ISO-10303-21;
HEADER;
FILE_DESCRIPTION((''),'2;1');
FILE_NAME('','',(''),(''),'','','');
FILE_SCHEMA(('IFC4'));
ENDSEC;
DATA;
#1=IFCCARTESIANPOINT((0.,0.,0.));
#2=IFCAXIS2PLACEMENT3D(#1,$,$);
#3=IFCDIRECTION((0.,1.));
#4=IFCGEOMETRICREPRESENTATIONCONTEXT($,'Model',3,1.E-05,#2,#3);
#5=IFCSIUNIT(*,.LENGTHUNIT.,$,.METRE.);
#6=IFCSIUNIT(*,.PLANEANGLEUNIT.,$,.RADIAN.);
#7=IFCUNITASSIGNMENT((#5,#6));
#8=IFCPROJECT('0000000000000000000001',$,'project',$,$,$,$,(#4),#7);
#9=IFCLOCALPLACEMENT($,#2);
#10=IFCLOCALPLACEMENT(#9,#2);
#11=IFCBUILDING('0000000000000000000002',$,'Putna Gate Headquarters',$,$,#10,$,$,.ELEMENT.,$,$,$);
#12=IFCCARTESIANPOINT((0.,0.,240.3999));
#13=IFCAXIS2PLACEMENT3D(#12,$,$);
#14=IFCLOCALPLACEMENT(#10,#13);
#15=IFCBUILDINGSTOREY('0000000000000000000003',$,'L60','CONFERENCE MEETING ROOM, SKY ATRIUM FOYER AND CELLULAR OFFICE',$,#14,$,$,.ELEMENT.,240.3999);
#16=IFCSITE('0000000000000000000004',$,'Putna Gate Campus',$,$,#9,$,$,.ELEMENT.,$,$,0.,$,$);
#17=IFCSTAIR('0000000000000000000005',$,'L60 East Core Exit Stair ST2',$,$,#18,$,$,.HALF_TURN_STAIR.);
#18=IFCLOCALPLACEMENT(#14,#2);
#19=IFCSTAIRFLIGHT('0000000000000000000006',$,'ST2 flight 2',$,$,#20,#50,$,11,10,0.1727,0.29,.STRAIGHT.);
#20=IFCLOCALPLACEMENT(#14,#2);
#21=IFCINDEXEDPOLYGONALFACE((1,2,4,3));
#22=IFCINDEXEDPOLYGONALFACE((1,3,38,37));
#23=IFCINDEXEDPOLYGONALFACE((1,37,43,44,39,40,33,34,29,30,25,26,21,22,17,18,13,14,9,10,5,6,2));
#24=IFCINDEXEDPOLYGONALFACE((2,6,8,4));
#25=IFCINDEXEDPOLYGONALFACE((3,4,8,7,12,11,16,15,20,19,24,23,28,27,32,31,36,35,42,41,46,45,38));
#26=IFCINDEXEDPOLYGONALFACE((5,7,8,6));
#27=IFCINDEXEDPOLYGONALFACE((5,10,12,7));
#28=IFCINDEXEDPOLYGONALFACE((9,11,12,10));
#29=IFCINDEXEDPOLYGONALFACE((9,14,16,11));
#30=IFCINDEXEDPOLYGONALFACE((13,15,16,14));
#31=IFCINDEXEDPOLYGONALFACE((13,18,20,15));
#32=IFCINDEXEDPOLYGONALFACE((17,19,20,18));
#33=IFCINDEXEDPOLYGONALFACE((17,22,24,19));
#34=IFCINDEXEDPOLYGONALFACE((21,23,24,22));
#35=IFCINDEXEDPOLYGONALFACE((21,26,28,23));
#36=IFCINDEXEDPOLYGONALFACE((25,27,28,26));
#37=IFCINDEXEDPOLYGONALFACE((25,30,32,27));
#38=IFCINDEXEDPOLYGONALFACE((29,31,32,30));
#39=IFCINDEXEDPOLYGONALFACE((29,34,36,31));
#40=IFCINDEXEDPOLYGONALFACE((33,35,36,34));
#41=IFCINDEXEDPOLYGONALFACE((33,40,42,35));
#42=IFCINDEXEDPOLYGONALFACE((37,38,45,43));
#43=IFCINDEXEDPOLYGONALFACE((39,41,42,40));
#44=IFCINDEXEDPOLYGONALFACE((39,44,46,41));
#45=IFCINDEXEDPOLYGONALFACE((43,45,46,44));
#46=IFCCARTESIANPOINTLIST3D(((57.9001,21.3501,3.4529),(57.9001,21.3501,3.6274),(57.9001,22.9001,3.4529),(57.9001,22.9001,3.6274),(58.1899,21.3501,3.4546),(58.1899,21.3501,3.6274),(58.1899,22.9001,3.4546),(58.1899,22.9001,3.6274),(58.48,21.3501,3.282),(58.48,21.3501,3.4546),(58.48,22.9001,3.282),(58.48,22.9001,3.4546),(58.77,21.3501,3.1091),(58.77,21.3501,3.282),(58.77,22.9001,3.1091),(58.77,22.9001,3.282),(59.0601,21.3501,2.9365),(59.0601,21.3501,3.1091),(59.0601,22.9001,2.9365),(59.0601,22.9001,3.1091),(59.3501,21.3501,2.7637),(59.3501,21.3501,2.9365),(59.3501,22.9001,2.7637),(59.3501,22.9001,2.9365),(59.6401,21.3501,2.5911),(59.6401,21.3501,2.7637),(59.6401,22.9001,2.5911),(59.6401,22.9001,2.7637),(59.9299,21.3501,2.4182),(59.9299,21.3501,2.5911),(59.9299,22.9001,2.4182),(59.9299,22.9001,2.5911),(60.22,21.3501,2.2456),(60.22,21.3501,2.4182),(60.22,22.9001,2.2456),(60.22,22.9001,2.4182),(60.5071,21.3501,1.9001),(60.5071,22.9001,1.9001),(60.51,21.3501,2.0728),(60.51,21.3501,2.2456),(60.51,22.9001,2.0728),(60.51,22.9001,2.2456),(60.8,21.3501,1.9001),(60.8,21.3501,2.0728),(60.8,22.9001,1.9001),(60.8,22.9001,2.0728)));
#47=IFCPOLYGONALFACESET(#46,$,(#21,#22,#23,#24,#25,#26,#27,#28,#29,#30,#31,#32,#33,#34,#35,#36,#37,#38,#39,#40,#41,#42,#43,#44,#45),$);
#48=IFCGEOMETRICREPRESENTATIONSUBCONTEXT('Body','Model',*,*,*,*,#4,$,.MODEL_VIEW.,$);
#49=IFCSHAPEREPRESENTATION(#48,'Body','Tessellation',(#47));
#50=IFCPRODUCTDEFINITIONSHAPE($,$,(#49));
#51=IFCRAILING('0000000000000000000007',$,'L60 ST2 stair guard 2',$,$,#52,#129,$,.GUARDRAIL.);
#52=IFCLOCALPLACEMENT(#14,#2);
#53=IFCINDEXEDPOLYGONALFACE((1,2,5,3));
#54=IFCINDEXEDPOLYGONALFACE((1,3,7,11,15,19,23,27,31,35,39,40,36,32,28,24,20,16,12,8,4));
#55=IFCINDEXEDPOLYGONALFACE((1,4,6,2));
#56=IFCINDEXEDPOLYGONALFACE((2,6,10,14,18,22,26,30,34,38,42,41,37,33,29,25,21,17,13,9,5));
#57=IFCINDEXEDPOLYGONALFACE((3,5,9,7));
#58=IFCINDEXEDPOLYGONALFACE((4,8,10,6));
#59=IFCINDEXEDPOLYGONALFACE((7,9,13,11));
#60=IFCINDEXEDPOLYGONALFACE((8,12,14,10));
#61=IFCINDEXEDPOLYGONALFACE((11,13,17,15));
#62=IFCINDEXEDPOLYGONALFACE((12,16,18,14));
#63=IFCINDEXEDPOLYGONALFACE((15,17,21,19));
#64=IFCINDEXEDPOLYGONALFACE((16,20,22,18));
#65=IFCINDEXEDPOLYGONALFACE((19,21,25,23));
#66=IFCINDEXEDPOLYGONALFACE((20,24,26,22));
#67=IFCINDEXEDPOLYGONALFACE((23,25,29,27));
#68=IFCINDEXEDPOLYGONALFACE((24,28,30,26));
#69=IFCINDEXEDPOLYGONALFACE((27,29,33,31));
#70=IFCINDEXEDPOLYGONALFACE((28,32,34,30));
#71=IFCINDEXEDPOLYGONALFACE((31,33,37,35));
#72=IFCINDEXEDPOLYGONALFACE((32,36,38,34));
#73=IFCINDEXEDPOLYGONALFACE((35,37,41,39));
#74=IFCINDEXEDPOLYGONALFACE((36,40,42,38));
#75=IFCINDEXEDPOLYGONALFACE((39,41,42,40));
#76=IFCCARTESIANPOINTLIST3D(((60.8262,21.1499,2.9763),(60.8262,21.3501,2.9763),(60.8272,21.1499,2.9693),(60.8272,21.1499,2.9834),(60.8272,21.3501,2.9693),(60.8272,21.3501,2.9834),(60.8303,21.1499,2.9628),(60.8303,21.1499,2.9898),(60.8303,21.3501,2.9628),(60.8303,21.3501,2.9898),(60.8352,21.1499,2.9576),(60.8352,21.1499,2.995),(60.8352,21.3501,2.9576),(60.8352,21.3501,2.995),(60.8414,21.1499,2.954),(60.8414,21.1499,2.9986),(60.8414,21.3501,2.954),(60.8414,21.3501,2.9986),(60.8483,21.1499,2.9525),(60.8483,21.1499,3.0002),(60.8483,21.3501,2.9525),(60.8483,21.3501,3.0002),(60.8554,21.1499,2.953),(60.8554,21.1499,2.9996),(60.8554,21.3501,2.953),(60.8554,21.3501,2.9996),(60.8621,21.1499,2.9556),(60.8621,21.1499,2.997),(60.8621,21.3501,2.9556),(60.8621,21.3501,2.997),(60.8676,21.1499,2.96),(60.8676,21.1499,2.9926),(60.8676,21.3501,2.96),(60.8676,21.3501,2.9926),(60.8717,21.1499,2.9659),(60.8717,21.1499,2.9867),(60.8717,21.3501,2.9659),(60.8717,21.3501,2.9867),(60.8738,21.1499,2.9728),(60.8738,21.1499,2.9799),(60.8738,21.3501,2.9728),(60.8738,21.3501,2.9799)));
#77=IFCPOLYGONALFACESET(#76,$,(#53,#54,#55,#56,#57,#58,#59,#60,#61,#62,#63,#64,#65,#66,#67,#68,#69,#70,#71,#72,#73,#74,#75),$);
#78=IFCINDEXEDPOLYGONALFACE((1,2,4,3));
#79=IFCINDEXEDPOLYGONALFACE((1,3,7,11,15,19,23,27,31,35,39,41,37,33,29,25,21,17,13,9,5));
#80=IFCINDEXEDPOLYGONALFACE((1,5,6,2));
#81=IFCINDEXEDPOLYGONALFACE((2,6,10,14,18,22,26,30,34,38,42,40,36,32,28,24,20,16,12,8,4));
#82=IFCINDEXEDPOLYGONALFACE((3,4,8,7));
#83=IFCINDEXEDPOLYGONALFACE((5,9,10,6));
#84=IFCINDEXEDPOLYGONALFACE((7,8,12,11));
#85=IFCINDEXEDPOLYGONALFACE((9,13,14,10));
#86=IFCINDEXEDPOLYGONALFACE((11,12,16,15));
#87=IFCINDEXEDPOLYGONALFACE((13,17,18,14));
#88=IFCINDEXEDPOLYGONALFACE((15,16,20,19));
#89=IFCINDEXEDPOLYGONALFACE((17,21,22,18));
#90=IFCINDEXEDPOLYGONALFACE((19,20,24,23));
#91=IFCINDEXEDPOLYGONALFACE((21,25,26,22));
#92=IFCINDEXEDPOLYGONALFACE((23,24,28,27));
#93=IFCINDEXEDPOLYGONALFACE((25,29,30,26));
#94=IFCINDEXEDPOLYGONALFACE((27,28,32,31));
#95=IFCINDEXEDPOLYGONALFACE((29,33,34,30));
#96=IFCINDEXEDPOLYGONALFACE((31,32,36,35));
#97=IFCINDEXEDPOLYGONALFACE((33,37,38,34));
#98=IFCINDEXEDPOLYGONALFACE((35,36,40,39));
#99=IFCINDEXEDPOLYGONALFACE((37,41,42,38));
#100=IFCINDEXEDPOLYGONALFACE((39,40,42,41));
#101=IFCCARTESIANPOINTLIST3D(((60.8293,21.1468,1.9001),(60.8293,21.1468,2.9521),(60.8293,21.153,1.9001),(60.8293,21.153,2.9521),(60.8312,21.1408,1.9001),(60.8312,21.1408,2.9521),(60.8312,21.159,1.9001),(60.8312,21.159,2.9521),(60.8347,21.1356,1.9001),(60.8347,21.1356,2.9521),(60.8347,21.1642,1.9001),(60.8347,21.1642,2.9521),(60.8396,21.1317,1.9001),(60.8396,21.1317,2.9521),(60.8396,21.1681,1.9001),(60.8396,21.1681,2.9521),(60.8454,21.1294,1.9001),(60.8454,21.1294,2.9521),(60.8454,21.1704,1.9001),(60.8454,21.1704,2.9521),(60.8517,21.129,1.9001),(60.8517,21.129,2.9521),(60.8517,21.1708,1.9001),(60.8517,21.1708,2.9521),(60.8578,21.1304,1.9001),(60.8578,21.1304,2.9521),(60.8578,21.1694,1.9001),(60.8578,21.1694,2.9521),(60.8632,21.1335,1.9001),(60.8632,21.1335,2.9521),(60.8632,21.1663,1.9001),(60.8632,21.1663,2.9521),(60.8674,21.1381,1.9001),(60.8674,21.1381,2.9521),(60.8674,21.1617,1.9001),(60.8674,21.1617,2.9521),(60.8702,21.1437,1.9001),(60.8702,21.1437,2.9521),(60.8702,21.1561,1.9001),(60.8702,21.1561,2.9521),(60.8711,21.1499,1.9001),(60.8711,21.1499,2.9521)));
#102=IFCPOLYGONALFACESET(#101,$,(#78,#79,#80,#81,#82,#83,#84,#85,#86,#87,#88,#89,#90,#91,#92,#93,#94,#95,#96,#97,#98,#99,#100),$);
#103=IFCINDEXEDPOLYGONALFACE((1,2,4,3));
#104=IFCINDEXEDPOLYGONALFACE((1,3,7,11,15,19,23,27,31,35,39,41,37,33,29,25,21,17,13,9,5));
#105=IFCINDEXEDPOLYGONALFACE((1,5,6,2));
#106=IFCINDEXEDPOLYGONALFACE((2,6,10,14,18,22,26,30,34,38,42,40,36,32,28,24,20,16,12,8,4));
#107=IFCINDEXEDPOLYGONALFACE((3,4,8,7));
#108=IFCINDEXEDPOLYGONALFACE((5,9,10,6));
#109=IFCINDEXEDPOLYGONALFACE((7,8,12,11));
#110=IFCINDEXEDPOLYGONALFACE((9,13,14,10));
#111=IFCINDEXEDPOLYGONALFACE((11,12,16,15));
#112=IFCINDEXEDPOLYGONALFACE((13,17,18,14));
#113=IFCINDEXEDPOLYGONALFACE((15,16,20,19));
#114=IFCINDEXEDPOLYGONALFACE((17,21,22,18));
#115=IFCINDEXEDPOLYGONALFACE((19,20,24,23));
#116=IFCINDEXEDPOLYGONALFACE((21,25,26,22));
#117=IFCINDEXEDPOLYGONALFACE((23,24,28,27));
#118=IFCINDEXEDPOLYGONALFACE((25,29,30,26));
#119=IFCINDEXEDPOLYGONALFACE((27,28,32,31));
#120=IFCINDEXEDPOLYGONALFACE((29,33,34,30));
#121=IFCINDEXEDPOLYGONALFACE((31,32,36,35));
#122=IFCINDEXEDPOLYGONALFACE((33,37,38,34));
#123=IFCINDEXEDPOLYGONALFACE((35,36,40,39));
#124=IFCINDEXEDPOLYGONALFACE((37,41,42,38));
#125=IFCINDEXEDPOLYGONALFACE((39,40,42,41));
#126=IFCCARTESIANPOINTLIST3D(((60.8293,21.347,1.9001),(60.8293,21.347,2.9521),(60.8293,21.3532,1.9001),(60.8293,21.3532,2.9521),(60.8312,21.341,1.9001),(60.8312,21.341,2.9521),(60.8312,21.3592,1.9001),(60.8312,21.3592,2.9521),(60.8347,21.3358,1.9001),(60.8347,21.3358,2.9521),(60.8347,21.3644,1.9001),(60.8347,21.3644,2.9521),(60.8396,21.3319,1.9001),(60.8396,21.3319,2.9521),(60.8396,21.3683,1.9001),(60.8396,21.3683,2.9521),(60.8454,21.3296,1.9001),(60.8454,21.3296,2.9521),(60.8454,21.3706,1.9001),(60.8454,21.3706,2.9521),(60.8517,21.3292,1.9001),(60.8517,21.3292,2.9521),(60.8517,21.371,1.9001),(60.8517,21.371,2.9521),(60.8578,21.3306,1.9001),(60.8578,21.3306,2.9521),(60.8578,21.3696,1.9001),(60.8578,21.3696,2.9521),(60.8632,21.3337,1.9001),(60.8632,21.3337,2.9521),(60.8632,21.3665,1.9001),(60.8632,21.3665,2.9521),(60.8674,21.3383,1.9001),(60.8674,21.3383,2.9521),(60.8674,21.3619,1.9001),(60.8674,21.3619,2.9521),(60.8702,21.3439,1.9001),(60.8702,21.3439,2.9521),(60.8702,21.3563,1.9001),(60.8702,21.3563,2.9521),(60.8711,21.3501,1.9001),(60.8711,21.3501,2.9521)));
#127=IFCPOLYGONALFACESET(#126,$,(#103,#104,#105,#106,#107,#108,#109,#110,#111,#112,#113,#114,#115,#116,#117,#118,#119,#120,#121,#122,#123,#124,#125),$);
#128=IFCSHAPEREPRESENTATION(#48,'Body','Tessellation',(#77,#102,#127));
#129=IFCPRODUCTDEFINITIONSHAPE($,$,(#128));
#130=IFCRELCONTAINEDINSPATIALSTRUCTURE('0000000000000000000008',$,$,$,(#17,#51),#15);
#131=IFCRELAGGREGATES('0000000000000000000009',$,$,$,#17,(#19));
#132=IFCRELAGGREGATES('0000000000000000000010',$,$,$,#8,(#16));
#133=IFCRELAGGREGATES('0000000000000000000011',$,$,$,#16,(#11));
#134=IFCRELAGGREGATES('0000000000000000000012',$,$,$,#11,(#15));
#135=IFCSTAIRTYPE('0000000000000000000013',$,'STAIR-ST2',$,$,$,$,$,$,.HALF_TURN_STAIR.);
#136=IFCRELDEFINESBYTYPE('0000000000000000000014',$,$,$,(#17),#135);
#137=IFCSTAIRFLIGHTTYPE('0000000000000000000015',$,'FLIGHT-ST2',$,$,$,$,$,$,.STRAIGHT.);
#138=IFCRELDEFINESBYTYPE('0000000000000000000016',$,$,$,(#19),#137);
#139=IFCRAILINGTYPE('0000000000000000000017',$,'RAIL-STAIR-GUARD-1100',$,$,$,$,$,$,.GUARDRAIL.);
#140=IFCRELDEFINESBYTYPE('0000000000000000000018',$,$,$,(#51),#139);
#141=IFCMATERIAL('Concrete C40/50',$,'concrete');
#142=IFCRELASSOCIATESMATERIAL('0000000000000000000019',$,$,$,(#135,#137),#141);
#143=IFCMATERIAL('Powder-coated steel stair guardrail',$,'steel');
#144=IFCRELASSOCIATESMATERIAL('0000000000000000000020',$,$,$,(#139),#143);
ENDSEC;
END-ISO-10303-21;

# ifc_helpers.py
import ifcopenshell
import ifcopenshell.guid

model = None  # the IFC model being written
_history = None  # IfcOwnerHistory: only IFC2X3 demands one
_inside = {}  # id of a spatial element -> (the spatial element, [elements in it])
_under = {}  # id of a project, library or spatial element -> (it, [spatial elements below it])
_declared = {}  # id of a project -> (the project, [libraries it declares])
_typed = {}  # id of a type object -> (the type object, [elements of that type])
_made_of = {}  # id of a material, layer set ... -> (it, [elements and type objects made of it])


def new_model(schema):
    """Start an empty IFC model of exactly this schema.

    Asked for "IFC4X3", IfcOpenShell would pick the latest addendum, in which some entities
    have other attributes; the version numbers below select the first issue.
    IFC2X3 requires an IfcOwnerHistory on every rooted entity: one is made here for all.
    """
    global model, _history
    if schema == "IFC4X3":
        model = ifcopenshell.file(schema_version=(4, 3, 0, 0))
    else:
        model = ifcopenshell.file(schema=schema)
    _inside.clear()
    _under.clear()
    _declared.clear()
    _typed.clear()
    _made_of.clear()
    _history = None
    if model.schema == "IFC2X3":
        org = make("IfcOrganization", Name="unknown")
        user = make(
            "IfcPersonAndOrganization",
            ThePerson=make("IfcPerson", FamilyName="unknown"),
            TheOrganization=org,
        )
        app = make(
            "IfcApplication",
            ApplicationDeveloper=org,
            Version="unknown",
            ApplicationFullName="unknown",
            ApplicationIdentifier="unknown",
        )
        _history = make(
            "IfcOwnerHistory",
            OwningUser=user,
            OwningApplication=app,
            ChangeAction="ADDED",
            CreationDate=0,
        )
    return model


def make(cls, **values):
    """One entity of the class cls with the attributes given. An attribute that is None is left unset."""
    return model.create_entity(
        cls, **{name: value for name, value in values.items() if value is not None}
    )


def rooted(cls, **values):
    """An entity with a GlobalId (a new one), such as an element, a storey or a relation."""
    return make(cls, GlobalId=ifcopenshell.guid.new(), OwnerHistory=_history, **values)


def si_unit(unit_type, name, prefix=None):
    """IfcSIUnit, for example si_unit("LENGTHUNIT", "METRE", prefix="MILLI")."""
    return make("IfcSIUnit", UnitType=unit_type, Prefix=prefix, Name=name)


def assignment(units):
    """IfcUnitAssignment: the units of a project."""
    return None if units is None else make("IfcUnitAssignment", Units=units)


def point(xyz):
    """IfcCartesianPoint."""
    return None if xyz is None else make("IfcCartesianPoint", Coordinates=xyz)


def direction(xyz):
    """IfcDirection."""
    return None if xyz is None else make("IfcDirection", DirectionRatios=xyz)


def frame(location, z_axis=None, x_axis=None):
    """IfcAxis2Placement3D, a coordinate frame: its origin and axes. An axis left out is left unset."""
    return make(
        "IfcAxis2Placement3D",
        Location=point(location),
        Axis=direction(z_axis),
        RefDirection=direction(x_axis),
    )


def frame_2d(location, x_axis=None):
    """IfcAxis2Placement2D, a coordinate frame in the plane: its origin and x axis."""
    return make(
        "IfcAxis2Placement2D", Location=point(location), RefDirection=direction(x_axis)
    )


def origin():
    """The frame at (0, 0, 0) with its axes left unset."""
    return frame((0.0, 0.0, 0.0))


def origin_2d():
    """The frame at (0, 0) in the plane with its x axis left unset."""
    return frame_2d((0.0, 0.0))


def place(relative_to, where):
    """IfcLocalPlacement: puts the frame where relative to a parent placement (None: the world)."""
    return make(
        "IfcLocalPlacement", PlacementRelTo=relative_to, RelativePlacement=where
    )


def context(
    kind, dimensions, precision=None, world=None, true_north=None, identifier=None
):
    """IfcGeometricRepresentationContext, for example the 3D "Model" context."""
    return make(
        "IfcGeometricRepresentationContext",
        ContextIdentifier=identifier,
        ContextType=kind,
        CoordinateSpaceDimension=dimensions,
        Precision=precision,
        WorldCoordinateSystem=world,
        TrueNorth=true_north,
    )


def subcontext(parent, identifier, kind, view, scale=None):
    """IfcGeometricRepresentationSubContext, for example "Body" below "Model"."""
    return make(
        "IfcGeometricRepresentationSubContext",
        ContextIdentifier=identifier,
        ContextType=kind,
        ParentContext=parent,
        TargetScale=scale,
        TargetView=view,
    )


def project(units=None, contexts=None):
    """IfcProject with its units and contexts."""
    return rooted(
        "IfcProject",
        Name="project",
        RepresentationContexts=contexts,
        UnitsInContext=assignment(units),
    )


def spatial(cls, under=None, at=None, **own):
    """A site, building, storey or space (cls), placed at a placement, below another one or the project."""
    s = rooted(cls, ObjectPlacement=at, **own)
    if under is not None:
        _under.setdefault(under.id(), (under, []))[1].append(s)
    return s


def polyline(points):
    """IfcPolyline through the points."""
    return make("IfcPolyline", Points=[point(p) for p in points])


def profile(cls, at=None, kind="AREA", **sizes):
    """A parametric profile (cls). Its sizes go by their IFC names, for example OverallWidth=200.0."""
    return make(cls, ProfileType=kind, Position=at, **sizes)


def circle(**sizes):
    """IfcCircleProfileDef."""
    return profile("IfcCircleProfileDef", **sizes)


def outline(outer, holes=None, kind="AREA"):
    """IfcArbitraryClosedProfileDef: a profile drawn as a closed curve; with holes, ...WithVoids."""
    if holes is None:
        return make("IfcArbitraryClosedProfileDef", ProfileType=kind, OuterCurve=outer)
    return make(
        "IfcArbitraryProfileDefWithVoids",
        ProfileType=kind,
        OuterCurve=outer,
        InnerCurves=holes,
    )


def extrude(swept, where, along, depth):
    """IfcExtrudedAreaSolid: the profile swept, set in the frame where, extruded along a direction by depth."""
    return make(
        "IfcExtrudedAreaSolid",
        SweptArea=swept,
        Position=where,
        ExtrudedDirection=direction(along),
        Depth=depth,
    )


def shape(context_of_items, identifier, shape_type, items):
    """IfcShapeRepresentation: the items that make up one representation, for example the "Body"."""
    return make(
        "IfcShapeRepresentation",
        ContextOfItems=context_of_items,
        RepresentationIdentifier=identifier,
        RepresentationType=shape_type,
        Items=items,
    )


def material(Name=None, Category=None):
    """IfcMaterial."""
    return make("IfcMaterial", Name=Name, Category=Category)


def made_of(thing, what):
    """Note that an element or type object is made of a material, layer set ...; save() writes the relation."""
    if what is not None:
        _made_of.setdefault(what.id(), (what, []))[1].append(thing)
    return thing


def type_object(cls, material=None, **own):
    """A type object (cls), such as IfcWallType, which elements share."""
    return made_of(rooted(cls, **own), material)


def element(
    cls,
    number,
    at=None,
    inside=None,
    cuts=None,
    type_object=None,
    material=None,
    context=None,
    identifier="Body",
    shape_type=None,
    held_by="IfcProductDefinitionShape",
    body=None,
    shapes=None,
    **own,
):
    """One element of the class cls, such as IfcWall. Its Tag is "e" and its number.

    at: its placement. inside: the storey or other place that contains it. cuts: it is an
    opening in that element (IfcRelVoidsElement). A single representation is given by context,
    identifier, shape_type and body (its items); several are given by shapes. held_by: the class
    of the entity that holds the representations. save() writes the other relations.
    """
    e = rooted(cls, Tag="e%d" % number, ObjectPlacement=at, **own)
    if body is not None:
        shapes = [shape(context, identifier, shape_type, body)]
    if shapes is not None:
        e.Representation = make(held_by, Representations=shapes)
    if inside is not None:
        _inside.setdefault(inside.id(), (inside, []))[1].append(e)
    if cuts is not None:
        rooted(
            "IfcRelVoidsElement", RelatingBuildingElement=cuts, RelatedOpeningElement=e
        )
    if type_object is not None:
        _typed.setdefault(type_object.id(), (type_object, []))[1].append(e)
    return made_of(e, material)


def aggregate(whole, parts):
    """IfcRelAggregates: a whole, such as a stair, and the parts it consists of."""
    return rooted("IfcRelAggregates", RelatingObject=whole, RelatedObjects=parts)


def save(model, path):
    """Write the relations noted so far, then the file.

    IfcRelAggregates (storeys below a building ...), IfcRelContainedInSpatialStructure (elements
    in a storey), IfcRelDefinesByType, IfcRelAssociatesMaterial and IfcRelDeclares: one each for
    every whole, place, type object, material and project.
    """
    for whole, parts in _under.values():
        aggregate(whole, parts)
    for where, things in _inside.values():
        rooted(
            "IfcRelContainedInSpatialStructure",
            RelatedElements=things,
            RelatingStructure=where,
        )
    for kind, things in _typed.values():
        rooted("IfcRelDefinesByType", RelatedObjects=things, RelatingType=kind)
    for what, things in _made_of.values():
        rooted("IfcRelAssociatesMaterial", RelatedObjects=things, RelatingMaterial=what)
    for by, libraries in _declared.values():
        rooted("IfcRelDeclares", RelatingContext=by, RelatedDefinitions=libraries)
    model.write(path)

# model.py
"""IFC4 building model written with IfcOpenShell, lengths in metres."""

from ifc_helpers import new_model, si_unit, direction, frame, origin, origin_2d, place, context, subcontext, project, spatial, polyline, circle, outline, extrude, material, type_object, element, aggregate, save


model = new_model("IFC4")

# Units and contexts
model_context = context("Model", 3, precision=1e-05, world=origin(), true_north=direction((0.0, 1.0)))
body_context = subcontext(model_context, "Body", "Model", "MODEL_VIEW")
ifc_project = project(units=[si_unit("LENGTHUNIT", "METRE"), si_unit("PLANEANGLEUNIT", "RADIAN")], contexts=[model_context])

# Site, building, storey
site_placement = place(None, origin())
site = spatial("IfcSite", under=ifc_project, at=site_placement, Name="Putna Gate Campus", CompositionType="ELEMENT", RefElevation=0.0)
building_placement = place(site_placement, origin())
building = spatial("IfcBuilding", under=site, at=building_placement, Name="Putna Gate Headquarters", CompositionType="ELEMENT")
storey_placement = place(building_placement, frame((0.0, 0.0, 240.3999)))
storey = spatial("IfcBuildingStorey", under=building, at=storey_placement, Name="L60", Description="CONFERENCE MEETING ROOM, SKY ATRIUM FOYER AND CELLULAR OFFICE", CompositionType="ELEMENT", Elevation=240.3999)

# Shared definitions
ifc_material_1 = material(Name="Concrete C40/50", Category="concrete")

# Stair, stair flight
stair_type = type_object("IfcStairType", Name="STAIR-ST2", PredefinedType="HALF_TURN_STAIR", material=ifc_material_1)
stair_placement = place(storey_placement, origin())
stair = element("IfcStair", 1, at=stair_placement, inside=storey, type_object=stair_type, Name="L60 East Core Exit Stair ST2", PredefinedType="HALF_TURN_STAIR")
stair_flight_type = type_object("IfcStairFlightType", Name="FLIGHT-ST2", PredefinedType="STRAIGHT", material=ifc_material_1)
stair_flight_placement = place(storey_placement, frame((60.8, 22.125, 1.9001), z_axis=(0.0, 0.0, 1.0), x_axis=(-1.0, 0.0, 0.0)))
stair_flight = element("IfcStairFlight", 2, at=stair_flight_placement, type_object=stair_flight_type, Name="ST2 flight 2", NumberOfRisers=11, NumberOfTreads=10, PredefinedType="STRAIGHT", RiserHeight=0.1727, TreadLength=0.29, context=body_context, shape_type="SweptSolid", body=[
    extrude(outline(polyline([(0.0, 0.0), (0.0, 0.1726), (0.29, 0.1726), (0.29, 0.3455), (0.5801, 0.3455), (0.5801, 0.5181), (0.8701, 0.5181), (0.8701, 0.6909), (1.1599, 0.6909), (1.1599, 0.8635), (1.45, 0.8635), (1.45, 1.0364), (1.74, 1.0364), (1.74, 1.209), (2.03, 1.209), (2.03, 1.3818), (2.3201, 1.3818), (2.3201, 1.5544), (2.6101, 1.5544), (2.6101, 1.7273), (2.8999, 1.7273), (2.8999, 1.8999), (2.8999, 1.5527), (0.293, 0.0), (0.0, 0.0)])), frame((0.0, 0.7749, 0.0), z_axis=(0.0, -1.0, 0.0), x_axis=(1.0, 0.0, 0.0)), (0.0, 0.0, 1.0), 1.55),
])
aggregate(stair, [stair_flight])

# Railing
ifc_material_2 = material(Name="Powder-coated steel stair guardrail", Category="steel")
railing_type_1 = type_object("IfcRailingType", Name="RAIL-STAIR-GUARD-1100", PredefinedType="GUARDRAIL", material=ifc_material_2)
railing_1_placement = place(storey_placement, frame((60.8501, 21.1499, 1.9001)))
element("IfcRailing", 3, at=railing_1_placement, inside=storey, type_object=railing_type_1, Name="L60 ST2 stair guard 2", PredefinedType="GUARDRAIL", context=body_context, shape_type="SweptSolid", body=[
    extrude(circle(Radius=0.0239, at=origin_2d()), frame((0.0, 0.0, 1.0762), z_axis=(0.0, 1.0, 0.0), x_axis=(-1.0, 0.0, 0.0)), (0.0, 0.0, 1.0), 0.2002),
    extrude(circle(Radius=0.021, at=origin_2d()), origin(), (0.0, 0.0, 1.0), 1.052),
    extrude(circle(Radius=0.021, at=origin_2d()), frame((0.0, 0.2002, 0.0)), (0.0, 0.0, 1.0), 1.052),
])

save(model, "model.ifc")
